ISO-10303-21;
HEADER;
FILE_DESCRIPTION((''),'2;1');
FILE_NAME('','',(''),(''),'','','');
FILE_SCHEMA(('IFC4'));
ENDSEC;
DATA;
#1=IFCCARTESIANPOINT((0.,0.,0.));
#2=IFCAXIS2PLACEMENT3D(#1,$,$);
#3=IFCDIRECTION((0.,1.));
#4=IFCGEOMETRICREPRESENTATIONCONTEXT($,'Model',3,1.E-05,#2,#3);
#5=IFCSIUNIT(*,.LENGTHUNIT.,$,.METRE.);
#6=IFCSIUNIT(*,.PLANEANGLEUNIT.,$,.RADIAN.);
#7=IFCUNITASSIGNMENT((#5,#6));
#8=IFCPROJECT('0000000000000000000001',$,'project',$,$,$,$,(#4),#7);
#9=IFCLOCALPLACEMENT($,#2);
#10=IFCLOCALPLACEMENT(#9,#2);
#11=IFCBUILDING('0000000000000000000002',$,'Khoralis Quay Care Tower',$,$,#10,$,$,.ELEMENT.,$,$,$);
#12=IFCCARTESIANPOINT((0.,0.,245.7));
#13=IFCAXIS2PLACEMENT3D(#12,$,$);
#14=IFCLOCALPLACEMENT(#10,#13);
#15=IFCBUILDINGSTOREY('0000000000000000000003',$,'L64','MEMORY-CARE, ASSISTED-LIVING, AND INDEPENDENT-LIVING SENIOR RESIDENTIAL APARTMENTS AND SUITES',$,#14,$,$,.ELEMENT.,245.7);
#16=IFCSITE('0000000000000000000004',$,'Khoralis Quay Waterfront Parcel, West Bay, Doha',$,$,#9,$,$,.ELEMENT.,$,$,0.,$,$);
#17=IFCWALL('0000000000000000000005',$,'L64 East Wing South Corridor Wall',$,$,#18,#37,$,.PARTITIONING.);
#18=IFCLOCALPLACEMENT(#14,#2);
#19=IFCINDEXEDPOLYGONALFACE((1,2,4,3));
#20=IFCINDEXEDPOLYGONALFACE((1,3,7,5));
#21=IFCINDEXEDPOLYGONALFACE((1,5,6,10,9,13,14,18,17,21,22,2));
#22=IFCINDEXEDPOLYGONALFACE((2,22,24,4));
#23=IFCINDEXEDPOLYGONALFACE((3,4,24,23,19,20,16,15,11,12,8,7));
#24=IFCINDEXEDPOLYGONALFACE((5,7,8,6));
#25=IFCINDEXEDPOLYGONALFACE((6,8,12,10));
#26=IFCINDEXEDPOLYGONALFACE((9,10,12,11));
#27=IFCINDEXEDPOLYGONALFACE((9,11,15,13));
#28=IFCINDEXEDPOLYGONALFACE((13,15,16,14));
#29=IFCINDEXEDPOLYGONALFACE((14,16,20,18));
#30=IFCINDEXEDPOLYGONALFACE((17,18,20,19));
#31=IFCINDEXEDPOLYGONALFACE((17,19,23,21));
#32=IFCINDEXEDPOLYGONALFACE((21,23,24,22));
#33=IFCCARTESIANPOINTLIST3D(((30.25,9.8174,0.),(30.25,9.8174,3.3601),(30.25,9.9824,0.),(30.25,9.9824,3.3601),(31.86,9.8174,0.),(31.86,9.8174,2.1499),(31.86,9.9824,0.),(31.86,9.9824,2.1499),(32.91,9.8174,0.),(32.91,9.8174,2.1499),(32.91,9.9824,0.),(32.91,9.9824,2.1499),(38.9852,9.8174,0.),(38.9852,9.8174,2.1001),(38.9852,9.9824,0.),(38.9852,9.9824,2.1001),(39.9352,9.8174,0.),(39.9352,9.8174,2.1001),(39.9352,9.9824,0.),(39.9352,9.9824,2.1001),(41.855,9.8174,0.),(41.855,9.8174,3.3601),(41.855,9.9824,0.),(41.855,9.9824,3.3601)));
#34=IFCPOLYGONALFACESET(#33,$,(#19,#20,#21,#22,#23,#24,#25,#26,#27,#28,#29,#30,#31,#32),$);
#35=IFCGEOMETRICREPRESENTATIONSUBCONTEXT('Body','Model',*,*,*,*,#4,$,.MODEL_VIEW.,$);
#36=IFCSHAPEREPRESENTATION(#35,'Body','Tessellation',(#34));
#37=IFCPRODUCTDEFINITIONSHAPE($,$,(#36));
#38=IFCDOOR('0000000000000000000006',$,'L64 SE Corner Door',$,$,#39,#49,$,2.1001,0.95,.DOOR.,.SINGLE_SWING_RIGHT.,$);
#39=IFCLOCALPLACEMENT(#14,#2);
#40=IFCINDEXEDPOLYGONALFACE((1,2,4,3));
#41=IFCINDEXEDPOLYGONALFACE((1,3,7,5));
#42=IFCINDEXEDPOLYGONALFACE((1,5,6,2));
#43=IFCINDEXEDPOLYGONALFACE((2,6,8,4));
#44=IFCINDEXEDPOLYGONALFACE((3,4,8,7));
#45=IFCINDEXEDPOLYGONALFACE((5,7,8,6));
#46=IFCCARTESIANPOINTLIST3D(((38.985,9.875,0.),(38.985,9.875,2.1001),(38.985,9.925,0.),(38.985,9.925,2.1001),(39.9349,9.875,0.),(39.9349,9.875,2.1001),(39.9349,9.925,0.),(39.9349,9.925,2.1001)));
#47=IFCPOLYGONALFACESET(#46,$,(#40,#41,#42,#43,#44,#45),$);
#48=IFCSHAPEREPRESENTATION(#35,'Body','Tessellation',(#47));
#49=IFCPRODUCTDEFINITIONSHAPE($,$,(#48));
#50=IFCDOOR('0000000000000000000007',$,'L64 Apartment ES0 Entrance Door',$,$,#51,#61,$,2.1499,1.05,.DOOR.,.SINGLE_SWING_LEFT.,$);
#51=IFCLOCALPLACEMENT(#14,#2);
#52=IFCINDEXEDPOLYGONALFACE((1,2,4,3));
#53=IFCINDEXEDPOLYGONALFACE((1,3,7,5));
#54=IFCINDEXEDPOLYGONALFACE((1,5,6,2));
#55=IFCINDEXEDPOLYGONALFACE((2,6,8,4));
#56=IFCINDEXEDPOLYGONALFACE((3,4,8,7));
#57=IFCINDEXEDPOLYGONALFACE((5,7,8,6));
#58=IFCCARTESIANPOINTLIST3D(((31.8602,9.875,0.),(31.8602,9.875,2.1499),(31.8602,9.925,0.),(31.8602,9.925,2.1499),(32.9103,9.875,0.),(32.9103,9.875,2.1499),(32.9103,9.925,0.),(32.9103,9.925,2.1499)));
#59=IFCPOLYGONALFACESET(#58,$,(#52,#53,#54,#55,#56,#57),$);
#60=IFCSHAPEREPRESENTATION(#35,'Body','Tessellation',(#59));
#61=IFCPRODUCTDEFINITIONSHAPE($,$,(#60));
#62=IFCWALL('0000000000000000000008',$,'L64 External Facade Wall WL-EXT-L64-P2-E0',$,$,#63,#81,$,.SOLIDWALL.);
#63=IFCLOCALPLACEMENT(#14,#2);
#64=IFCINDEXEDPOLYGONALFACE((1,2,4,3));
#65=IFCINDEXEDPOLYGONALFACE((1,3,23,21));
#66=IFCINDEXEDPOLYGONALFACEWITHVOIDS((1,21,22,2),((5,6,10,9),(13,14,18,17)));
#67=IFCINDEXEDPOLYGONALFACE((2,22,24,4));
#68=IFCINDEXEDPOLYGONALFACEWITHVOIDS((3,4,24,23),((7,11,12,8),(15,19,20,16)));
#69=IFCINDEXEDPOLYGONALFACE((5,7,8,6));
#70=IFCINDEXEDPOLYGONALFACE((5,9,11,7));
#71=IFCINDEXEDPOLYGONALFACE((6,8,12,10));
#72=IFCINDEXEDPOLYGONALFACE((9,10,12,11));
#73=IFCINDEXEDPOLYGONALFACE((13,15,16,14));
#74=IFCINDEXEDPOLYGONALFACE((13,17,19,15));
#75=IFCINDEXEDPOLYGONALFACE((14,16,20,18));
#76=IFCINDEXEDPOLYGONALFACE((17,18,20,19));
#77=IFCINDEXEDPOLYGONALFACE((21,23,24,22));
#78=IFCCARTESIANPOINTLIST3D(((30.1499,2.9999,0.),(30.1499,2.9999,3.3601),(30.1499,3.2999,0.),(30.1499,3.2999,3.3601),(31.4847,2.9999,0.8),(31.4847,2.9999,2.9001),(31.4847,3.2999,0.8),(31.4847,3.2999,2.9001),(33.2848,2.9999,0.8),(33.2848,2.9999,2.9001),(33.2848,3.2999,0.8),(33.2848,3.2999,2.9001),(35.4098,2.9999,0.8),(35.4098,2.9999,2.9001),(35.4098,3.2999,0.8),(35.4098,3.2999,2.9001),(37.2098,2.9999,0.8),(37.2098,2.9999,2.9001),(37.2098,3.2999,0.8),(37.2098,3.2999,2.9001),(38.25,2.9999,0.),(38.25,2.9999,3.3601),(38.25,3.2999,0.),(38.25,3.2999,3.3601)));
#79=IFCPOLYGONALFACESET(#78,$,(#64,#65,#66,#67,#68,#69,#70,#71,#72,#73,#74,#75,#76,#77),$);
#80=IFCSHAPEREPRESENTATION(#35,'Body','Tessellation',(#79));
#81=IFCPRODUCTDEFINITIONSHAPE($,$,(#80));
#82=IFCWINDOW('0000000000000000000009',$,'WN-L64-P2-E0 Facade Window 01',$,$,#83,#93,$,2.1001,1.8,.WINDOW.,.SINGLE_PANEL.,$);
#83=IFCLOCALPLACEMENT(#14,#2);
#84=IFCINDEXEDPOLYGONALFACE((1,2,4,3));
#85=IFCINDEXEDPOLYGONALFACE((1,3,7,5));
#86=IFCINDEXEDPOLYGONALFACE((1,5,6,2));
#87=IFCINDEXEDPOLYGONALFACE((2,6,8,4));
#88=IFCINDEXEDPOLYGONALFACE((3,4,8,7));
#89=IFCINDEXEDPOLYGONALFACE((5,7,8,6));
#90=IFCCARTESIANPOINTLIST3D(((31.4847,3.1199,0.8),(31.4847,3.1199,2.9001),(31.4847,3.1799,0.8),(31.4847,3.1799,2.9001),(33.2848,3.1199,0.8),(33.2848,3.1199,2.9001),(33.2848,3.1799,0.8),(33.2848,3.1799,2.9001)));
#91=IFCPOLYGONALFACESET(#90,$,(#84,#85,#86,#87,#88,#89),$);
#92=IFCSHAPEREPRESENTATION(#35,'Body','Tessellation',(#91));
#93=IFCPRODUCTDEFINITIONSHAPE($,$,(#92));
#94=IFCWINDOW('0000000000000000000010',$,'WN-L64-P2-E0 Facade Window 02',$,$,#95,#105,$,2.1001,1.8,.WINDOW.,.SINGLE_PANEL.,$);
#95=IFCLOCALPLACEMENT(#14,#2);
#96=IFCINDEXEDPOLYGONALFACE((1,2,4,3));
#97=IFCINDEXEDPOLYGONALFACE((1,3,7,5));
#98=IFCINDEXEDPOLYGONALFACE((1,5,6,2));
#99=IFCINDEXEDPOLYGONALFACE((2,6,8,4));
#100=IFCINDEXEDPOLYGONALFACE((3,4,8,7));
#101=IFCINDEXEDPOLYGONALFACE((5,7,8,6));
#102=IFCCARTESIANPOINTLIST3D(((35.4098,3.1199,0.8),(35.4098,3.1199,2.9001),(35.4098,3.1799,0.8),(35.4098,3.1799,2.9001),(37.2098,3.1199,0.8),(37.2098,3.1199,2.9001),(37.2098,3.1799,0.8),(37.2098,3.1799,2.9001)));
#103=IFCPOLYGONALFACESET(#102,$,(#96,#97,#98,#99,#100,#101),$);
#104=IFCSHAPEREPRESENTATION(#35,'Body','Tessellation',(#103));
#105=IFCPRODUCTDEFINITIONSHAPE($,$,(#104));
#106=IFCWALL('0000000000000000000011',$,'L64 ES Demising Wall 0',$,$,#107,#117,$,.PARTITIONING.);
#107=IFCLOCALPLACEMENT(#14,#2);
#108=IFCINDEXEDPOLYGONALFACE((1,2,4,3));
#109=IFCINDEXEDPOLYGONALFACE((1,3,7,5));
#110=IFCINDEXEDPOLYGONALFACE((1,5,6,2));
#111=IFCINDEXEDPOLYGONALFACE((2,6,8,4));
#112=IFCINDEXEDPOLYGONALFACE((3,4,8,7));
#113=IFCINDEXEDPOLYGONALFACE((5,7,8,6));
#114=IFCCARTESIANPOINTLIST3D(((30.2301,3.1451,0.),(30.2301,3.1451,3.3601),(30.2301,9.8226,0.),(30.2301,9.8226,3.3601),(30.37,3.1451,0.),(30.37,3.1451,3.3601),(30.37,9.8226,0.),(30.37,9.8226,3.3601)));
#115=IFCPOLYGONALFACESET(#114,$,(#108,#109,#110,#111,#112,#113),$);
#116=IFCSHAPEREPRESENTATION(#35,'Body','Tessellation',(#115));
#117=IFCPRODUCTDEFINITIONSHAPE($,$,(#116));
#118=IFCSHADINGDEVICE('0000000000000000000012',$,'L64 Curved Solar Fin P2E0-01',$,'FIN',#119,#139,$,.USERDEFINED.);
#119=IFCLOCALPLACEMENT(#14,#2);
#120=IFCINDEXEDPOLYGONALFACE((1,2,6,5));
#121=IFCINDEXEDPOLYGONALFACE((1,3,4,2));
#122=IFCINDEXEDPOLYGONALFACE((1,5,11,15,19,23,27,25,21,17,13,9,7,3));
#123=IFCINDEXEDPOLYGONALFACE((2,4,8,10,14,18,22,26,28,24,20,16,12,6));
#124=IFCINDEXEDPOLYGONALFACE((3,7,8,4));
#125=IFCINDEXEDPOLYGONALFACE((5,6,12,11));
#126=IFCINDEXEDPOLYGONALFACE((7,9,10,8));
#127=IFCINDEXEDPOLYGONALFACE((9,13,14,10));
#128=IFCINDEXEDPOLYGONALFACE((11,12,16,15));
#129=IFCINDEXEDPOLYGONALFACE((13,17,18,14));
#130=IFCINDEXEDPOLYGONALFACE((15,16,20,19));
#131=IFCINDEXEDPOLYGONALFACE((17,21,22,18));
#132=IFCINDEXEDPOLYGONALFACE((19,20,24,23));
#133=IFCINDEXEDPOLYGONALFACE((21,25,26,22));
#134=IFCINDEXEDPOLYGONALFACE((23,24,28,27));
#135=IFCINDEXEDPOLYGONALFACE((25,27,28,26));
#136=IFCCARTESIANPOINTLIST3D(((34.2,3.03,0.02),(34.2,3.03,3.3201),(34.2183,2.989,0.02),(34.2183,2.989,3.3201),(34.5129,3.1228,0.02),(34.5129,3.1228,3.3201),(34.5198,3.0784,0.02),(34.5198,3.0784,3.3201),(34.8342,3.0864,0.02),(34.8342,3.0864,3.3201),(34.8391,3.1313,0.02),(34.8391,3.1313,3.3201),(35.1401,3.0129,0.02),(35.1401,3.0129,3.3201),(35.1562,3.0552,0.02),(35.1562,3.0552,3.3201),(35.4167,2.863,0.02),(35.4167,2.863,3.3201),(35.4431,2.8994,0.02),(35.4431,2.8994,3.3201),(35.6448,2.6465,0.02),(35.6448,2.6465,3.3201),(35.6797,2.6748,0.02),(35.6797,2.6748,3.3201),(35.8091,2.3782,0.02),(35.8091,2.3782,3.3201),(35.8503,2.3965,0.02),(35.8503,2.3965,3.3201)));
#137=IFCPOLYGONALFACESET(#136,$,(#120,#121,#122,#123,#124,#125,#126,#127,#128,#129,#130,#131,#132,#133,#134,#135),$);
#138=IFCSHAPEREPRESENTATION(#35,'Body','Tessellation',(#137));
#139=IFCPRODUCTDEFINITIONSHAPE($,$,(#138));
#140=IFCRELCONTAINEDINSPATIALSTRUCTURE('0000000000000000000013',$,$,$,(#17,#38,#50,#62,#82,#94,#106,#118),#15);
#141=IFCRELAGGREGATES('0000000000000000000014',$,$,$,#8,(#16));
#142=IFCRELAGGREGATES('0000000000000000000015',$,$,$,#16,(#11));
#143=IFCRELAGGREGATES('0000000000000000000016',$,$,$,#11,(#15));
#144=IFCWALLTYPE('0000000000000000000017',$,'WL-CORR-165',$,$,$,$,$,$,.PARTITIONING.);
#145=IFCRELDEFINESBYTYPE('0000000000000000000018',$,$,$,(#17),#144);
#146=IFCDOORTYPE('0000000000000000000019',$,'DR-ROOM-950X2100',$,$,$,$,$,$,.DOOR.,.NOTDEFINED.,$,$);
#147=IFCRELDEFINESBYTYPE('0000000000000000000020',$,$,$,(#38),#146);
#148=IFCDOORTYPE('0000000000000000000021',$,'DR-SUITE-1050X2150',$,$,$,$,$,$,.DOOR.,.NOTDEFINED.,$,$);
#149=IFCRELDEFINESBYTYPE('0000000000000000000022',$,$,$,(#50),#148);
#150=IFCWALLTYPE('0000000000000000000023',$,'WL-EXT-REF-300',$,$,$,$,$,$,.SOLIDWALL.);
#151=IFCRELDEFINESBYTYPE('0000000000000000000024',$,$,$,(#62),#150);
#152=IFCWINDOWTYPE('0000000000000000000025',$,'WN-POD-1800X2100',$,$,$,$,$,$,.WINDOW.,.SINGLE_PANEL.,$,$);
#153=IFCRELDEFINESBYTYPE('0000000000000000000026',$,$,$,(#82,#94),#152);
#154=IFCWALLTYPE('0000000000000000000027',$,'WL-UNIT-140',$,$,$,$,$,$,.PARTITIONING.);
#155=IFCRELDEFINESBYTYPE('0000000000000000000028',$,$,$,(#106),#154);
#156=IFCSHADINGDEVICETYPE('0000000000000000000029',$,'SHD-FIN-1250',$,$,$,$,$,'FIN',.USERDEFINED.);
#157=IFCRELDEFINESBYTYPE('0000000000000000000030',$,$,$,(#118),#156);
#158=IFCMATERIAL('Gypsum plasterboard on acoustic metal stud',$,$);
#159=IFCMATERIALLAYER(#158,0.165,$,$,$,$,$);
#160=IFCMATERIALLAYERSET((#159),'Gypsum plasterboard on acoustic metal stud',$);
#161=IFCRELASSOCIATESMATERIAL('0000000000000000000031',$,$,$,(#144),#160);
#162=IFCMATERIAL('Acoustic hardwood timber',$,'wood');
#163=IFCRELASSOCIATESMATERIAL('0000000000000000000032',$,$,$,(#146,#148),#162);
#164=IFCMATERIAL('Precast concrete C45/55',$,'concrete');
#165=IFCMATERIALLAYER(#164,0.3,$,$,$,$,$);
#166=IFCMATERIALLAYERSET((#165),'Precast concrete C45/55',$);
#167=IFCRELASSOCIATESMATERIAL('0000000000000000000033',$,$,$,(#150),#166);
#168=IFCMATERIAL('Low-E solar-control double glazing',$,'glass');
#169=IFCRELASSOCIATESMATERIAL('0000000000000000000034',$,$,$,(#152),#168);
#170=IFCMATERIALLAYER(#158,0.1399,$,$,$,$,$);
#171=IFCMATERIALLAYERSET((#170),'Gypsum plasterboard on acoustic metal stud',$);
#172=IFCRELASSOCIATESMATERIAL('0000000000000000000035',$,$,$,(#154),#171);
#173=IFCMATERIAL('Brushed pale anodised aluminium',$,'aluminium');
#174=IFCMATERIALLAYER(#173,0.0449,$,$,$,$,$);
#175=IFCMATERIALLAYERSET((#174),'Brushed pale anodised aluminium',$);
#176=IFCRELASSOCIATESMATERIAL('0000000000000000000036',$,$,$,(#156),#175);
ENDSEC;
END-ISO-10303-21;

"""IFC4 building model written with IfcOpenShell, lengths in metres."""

from ifc_helpers import new_model, si_unit, direction, frame, frame_2d, origin, place, context, subcontext, project, spatial, polyline, rectangle, outline, extrude, source, transform, mapped, material, layer, layer_set, type_object, element, fill, save


model = new_model("IFC4")

# Units and contexts
model_context = context("Model", 3, precision=1e-05, world=origin(), true_north=direction((0.0, 1.0)))
body_context = subcontext(model_context, "Body", "Model", "MODEL_VIEW")
ifc_project = project(units=[si_unit("LENGTHUNIT", "METRE"), si_unit("PLANEANGLEUNIT", "RADIAN")], contexts=[model_context])

# Site, building, storey
site_placement = place(None, origin())
site = spatial("IfcSite", under=ifc_project, at=site_placement, Name="Khoralis Quay Waterfront Parcel, West Bay, Doha", CompositionType="ELEMENT", RefElevation=0.0)
building_placement = place(site_placement, origin())
building = spatial("IfcBuilding", under=site, at=building_placement, Name="Khoralis Quay Care Tower", CompositionType="ELEMENT")
storey_placement = place(building_placement, frame((0.0, 0.0, 245.7)))
storey = spatial("IfcBuildingStorey", under=building, at=storey_placement, Name="L64", Description="MEMORY-CARE, ASSISTED-LIVING, AND INDEPENDENT-LIVING SENIOR RESIDENTIAL APARTMENTS AND SUITES", CompositionType="ELEMENT", Elevation=245.7)

# Shared definitions
ifc_material_1 = material(Name="Low-E solar-control double glazing", Category="glass")

# Shared definitions
ifc_material_2 = material(Name="Gypsum plasterboard on acoustic metal stud")

# Wall, openings, doors
ifc_layer_1 = layer(ifc_material_2, 0.165)
ifc_layer_set_1 = layer_set([ifc_layer_1], Name="Gypsum plasterboard on acoustic metal stud")
wall_type_1 = type_object("IfcWallType", Name="WL-CORR-165", PredefinedType="PARTITIONING", material=ifc_layer_set_1)
wall_1_placement = place(storey_placement, frame((30.25, 9.8999, 0.0), z_axis=(0.0, 0.0, 1.0), x_axis=(1.0, 0.0, 0.0)))
wall_1 = element("IfcWall", 1, at=wall_1_placement, inside=storey, type_object=wall_type_1, Name="L64 East Wing South Corridor Wall", PredefinedType="PARTITIONING", context=body_context, shape_type="SweptSolid", body=[
    extrude(rectangle(XDim=11.605, YDim=0.165, at=frame_2d((5.8025, 0.0))), origin(), (0.0, 0.0, 1.0), 3.3601),
])
opening_1_placement = place(wall_1_placement, frame((1.6101, 0.0, 0.0)))
opening_1 = element("IfcOpeningElement", 2, at=opening_1_placement, cuts=wall_1, PredefinedType="OPENING", context=body_context, shape_type="SweptSolid", body=[
    extrude(rectangle(XDim=1.05, YDim=2.1499, at=frame_2d((0.5249, 1.075))), frame((0.0, 0.0925, 0.0), z_axis=(0.0, -1.0, 0.0), x_axis=(1.0, 0.0, 0.0)), (0.0, 0.0, 1.0), 0.1851),
])
opening_2_placement = place(wall_1_placement, frame((8.7351, 0.0, 0.0)))
opening_2 = element("IfcOpeningElement", 3, at=opening_2_placement, cuts=wall_1, PredefinedType="OPENING", context=body_context, shape_type="SweptSolid", body=[
    extrude(rectangle(XDim=0.95, YDim=2.1001, at=frame_2d((0.4751, 1.05))), frame((0.0, 0.0925, 0.0), z_axis=(0.0, -1.0, 0.0), x_axis=(1.0, 0.0, 0.0)), (0.0, 0.0, 1.0), 0.1851),
])
ifc_material_3 = material(Name="Acoustic hardwood timber", Category="wood")
door_type_1 = type_object("IfcDoorType", Name="DR-ROOM-950X2100", OperationType="NOTDEFINED", PredefinedType="DOOR", material=ifc_material_3)
shared_shape_1 = source(origin(), body_context, "Body", "SweptSolid", [
    extrude(rectangle(XDim=0.95, YDim=2.1001, at=frame_2d((0.4751, 1.05))), frame((0.0, 0.0249, 0.0), z_axis=(0.0, -1.0, 0.0), x_axis=(1.0, 0.0, 0.0)), (0.0, 0.0, 1.0), 0.05),
])
door_1_placement = place(opening_2_placement, frame((0.95, 0.0, 0.0), z_axis=(0.0, 0.0, 1.0), x_axis=(-1.0, 0.0, 0.0)))
door_1 = element("IfcDoor", 4, at=door_1_placement, inside=storey, type_object=door_type_1, Name="L64 SE Corner Door", OperationType="SINGLE_SWING_RIGHT", OverallHeight=2.1001, OverallWidth=0.95, PredefinedType="DOOR", context=body_context, shape_type="MappedRepresentation", body=[
    mapped(shared_shape_1, transform((0.0, 0.0, 0.0), scale=1.0)),
])
fill(opening_2, door_1)
door_type_2 = type_object("IfcDoorType", Name="DR-SUITE-1050X2150", OperationType="NOTDEFINED", PredefinedType="DOOR", material=ifc_material_3)
shared_shape_2 = source(origin(), body_context, "Body", "SweptSolid", [
    extrude(rectangle(XDim=1.05, YDim=2.1499, at=frame_2d((0.5249, 1.075))), frame((0.0, 0.0249, 0.0), z_axis=(0.0, -1.0, 0.0), x_axis=(1.0, 0.0, 0.0)), (0.0, 0.0, 1.0), 0.05),
])
door_2_placement = place(opening_1_placement, frame((1.05, 0.0, 0.0), z_axis=(0.0, 0.0, 1.0), x_axis=(-1.0, 0.0, 0.0)))
door_2 = element("IfcDoor", 5, at=door_2_placement, inside=storey, type_object=door_type_2, Name="L64 Apartment ES0 Entrance Door", OperationType="SINGLE_SWING_LEFT", OverallHeight=2.1499, OverallWidth=1.05, PredefinedType="DOOR", context=body_context, shape_type="MappedRepresentation", body=[
    mapped(shared_shape_2, transform((0.0, 0.0, 0.0), scale=1.0)),
])
fill(opening_1, door_2)

# Wall, openings, windows
ifc_material_4 = material(Name="Precast concrete C45/55", Category="concrete")
ifc_layer_2 = layer(ifc_material_4, 0.3)
ifc_layer_set_2 = layer_set([ifc_layer_2], Name="Precast concrete C45/55")
wall_type_2 = type_object("IfcWallType", Name="WL-EXT-REF-300", PredefinedType="SOLIDWALL", material=ifc_layer_set_2)
wall_2_placement = place(storey_placement, frame((30.1499, 3.1499, 0.0), z_axis=(0.0, 0.0, 1.0), x_axis=(1.0, 0.0, 0.0)))
wall_2 = element("IfcWall", 6, at=wall_2_placement, inside=storey, type_object=wall_type_2, Name="L64 External Facade Wall WL-EXT-L64-P2-E0", PredefinedType="SOLIDWALL", context=body_context, shape_type="SweptSolid", body=[
    extrude(rectangle(XDim=8.1001, YDim=0.3, at=frame_2d((4.05, 0.0))), origin(), (0.0, 0.0, 1.0), 3.3601),
])
opening_3_placement = place(wall_2_placement, frame((1.335, 0.0, 0.8)))
opening_3 = element("IfcOpeningElement", 7, at=opening_3_placement, cuts=wall_2, PredefinedType="OPENING", context=body_context, shape_type="SweptSolid", body=[
    extrude(rectangle(XDim=1.8, YDim=2.1001, at=frame_2d((0.8999, 1.05))), frame((0.0, 0.1602, 0.0), z_axis=(0.0, -1.0, 0.0), x_axis=(1.0, 0.0, 0.0)), (0.0, 0.0, 1.0), 0.3201),
])
opening_4_placement = place(wall_2_placement, frame((5.26, 0.0, 0.8)))
opening_4 = element("IfcOpeningElement", 8, at=opening_4_placement, cuts=wall_2, PredefinedType="OPENING", context=body_context, shape_type="SweptSolid", body=[
    extrude(rectangle(XDim=1.8, YDim=2.1001, at=frame_2d((0.8999, 1.05))), frame((0.0, 0.1602, 0.0), z_axis=(0.0, -1.0, 0.0), x_axis=(1.0, 0.0, 0.0)), (0.0, 0.0, 1.0), 0.3201),
])
window_type = type_object("IfcWindowType", Name="WN-POD-1800X2100", PartitioningType="SINGLE_PANEL", PredefinedType="WINDOW", material=ifc_material_1)
shared_shape_3 = source(origin(), body_context, "Body", "SweptSolid", [
    extrude(rectangle(XDim=1.8, YDim=2.1001, at=frame_2d((0.8999, 1.05))), frame((0.0, 0.03, 0.0), z_axis=(0.0, -1.0, 0.0), x_axis=(1.0, 0.0, 0.0)), (0.0, 0.0, 1.0), 0.0601),
])
window_1_placement = place(opening_3_placement, origin())
window_1 = element("IfcWindow", 9, at=window_1_placement, inside=storey, type_object=window_type, Name="WN-L64-P2-E0 Facade Window 01", OverallHeight=2.1001, OverallWidth=1.8, PartitioningType="SINGLE_PANEL", PredefinedType="WINDOW", context=body_context, shape_type="MappedRepresentation", body=[
    mapped(shared_shape_3, transform((0.0, 0.0, 0.0), scale=1.0)),
])
fill(opening_3, window_1)
window_2_placement = place(opening_4_placement, origin())
window_2 = element("IfcWindow", 10, at=window_2_placement, inside=storey, type_object=window_type, Name="WN-L64-P2-E0 Facade Window 02", OverallHeight=2.1001, OverallWidth=1.8, PartitioningType="SINGLE_PANEL", PredefinedType="WINDOW", context=body_context, shape_type="MappedRepresentation", body=[
    mapped(shared_shape_3, transform((0.0, 0.0, 0.0), scale=1.0)),
])
fill(opening_4, window_2)

# Wall
ifc_layer_3 = layer(ifc_material_2, 0.1399)
ifc_layer_set_3 = layer_set([ifc_layer_3], Name="Gypsum plasterboard on acoustic metal stud")
wall_type_3 = type_object("IfcWallType", Name="WL-UNIT-140", PredefinedType="PARTITIONING", material=ifc_layer_set_3)
wall_3_placement = place(storey_placement, frame((30.3, 3.145, 0.0), z_axis=(0.0, 0.0, 1.0), x_axis=(0.0, 1.0, 0.0)))
element("IfcWall", 11, at=wall_3_placement, inside=storey, type_object=wall_type_3, Name="L64 ES Demising Wall 0", PredefinedType="PARTITIONING", context=body_context, shape_type="SweptSolid", body=[
    extrude(rectangle(XDim=6.6775, YDim=0.1399, at=frame_2d((3.3389, 0.0))), origin(), (0.0, 0.0, 1.0), 3.3601),
])

# Shading device
ifc_material_5 = material(Name="Brushed pale anodised aluminium", Category="aluminium")
ifc_layer_4 = layer(ifc_material_5, 0.0449)
ifc_layer_set_4 = layer_set([ifc_layer_4], Name="Brushed pale anodised aluminium")
shading_device_type = type_object("IfcShadingDeviceType", Name="SHD-FIN-1250", ElementType="FIN", PredefinedType="USERDEFINED", material=ifc_layer_set_4)
shared_shape_4 = source(origin(), body_context, "Body", "SweptSolid", [
    extrude(outline(polyline([(0.0, 0.0), (-0.0928, 0.313), (-0.1013, 0.6392), (-0.0251, 0.9563), (0.1306, 1.2432), (0.3552, 1.4797), (0.6335, 1.6504), (0.6519, 1.6091), (0.3835, 1.4448), (0.167, 1.2168), (0.0171, 0.9402), (-0.0564, 0.6343), (-0.0483, 0.3198), (0.041, 0.0183), (0.0, 0.0)])), origin(), (0.0, 0.0, 1.0), 3.3),
])
shading_device_placement = place(storey_placement, frame((34.2, 3.03, 0.02), z_axis=(0.0, 0.0, 1.0), x_axis=(0.0, -1.0, 0.0)))
element("IfcShadingDevice", 12, at=shading_device_placement, inside=storey, type_object=shading_device_type, Name="L64 Curved Solar Fin P2E0-01", ObjectType="FIN", PredefinedType="USERDEFINED", context=body_context, shape_type="MappedRepresentation", body=[
    mapped(shared_shape_4, transform((0.0, 0.0, 0.0), scale=1.0)),
])

save(model, "model.ifc")
